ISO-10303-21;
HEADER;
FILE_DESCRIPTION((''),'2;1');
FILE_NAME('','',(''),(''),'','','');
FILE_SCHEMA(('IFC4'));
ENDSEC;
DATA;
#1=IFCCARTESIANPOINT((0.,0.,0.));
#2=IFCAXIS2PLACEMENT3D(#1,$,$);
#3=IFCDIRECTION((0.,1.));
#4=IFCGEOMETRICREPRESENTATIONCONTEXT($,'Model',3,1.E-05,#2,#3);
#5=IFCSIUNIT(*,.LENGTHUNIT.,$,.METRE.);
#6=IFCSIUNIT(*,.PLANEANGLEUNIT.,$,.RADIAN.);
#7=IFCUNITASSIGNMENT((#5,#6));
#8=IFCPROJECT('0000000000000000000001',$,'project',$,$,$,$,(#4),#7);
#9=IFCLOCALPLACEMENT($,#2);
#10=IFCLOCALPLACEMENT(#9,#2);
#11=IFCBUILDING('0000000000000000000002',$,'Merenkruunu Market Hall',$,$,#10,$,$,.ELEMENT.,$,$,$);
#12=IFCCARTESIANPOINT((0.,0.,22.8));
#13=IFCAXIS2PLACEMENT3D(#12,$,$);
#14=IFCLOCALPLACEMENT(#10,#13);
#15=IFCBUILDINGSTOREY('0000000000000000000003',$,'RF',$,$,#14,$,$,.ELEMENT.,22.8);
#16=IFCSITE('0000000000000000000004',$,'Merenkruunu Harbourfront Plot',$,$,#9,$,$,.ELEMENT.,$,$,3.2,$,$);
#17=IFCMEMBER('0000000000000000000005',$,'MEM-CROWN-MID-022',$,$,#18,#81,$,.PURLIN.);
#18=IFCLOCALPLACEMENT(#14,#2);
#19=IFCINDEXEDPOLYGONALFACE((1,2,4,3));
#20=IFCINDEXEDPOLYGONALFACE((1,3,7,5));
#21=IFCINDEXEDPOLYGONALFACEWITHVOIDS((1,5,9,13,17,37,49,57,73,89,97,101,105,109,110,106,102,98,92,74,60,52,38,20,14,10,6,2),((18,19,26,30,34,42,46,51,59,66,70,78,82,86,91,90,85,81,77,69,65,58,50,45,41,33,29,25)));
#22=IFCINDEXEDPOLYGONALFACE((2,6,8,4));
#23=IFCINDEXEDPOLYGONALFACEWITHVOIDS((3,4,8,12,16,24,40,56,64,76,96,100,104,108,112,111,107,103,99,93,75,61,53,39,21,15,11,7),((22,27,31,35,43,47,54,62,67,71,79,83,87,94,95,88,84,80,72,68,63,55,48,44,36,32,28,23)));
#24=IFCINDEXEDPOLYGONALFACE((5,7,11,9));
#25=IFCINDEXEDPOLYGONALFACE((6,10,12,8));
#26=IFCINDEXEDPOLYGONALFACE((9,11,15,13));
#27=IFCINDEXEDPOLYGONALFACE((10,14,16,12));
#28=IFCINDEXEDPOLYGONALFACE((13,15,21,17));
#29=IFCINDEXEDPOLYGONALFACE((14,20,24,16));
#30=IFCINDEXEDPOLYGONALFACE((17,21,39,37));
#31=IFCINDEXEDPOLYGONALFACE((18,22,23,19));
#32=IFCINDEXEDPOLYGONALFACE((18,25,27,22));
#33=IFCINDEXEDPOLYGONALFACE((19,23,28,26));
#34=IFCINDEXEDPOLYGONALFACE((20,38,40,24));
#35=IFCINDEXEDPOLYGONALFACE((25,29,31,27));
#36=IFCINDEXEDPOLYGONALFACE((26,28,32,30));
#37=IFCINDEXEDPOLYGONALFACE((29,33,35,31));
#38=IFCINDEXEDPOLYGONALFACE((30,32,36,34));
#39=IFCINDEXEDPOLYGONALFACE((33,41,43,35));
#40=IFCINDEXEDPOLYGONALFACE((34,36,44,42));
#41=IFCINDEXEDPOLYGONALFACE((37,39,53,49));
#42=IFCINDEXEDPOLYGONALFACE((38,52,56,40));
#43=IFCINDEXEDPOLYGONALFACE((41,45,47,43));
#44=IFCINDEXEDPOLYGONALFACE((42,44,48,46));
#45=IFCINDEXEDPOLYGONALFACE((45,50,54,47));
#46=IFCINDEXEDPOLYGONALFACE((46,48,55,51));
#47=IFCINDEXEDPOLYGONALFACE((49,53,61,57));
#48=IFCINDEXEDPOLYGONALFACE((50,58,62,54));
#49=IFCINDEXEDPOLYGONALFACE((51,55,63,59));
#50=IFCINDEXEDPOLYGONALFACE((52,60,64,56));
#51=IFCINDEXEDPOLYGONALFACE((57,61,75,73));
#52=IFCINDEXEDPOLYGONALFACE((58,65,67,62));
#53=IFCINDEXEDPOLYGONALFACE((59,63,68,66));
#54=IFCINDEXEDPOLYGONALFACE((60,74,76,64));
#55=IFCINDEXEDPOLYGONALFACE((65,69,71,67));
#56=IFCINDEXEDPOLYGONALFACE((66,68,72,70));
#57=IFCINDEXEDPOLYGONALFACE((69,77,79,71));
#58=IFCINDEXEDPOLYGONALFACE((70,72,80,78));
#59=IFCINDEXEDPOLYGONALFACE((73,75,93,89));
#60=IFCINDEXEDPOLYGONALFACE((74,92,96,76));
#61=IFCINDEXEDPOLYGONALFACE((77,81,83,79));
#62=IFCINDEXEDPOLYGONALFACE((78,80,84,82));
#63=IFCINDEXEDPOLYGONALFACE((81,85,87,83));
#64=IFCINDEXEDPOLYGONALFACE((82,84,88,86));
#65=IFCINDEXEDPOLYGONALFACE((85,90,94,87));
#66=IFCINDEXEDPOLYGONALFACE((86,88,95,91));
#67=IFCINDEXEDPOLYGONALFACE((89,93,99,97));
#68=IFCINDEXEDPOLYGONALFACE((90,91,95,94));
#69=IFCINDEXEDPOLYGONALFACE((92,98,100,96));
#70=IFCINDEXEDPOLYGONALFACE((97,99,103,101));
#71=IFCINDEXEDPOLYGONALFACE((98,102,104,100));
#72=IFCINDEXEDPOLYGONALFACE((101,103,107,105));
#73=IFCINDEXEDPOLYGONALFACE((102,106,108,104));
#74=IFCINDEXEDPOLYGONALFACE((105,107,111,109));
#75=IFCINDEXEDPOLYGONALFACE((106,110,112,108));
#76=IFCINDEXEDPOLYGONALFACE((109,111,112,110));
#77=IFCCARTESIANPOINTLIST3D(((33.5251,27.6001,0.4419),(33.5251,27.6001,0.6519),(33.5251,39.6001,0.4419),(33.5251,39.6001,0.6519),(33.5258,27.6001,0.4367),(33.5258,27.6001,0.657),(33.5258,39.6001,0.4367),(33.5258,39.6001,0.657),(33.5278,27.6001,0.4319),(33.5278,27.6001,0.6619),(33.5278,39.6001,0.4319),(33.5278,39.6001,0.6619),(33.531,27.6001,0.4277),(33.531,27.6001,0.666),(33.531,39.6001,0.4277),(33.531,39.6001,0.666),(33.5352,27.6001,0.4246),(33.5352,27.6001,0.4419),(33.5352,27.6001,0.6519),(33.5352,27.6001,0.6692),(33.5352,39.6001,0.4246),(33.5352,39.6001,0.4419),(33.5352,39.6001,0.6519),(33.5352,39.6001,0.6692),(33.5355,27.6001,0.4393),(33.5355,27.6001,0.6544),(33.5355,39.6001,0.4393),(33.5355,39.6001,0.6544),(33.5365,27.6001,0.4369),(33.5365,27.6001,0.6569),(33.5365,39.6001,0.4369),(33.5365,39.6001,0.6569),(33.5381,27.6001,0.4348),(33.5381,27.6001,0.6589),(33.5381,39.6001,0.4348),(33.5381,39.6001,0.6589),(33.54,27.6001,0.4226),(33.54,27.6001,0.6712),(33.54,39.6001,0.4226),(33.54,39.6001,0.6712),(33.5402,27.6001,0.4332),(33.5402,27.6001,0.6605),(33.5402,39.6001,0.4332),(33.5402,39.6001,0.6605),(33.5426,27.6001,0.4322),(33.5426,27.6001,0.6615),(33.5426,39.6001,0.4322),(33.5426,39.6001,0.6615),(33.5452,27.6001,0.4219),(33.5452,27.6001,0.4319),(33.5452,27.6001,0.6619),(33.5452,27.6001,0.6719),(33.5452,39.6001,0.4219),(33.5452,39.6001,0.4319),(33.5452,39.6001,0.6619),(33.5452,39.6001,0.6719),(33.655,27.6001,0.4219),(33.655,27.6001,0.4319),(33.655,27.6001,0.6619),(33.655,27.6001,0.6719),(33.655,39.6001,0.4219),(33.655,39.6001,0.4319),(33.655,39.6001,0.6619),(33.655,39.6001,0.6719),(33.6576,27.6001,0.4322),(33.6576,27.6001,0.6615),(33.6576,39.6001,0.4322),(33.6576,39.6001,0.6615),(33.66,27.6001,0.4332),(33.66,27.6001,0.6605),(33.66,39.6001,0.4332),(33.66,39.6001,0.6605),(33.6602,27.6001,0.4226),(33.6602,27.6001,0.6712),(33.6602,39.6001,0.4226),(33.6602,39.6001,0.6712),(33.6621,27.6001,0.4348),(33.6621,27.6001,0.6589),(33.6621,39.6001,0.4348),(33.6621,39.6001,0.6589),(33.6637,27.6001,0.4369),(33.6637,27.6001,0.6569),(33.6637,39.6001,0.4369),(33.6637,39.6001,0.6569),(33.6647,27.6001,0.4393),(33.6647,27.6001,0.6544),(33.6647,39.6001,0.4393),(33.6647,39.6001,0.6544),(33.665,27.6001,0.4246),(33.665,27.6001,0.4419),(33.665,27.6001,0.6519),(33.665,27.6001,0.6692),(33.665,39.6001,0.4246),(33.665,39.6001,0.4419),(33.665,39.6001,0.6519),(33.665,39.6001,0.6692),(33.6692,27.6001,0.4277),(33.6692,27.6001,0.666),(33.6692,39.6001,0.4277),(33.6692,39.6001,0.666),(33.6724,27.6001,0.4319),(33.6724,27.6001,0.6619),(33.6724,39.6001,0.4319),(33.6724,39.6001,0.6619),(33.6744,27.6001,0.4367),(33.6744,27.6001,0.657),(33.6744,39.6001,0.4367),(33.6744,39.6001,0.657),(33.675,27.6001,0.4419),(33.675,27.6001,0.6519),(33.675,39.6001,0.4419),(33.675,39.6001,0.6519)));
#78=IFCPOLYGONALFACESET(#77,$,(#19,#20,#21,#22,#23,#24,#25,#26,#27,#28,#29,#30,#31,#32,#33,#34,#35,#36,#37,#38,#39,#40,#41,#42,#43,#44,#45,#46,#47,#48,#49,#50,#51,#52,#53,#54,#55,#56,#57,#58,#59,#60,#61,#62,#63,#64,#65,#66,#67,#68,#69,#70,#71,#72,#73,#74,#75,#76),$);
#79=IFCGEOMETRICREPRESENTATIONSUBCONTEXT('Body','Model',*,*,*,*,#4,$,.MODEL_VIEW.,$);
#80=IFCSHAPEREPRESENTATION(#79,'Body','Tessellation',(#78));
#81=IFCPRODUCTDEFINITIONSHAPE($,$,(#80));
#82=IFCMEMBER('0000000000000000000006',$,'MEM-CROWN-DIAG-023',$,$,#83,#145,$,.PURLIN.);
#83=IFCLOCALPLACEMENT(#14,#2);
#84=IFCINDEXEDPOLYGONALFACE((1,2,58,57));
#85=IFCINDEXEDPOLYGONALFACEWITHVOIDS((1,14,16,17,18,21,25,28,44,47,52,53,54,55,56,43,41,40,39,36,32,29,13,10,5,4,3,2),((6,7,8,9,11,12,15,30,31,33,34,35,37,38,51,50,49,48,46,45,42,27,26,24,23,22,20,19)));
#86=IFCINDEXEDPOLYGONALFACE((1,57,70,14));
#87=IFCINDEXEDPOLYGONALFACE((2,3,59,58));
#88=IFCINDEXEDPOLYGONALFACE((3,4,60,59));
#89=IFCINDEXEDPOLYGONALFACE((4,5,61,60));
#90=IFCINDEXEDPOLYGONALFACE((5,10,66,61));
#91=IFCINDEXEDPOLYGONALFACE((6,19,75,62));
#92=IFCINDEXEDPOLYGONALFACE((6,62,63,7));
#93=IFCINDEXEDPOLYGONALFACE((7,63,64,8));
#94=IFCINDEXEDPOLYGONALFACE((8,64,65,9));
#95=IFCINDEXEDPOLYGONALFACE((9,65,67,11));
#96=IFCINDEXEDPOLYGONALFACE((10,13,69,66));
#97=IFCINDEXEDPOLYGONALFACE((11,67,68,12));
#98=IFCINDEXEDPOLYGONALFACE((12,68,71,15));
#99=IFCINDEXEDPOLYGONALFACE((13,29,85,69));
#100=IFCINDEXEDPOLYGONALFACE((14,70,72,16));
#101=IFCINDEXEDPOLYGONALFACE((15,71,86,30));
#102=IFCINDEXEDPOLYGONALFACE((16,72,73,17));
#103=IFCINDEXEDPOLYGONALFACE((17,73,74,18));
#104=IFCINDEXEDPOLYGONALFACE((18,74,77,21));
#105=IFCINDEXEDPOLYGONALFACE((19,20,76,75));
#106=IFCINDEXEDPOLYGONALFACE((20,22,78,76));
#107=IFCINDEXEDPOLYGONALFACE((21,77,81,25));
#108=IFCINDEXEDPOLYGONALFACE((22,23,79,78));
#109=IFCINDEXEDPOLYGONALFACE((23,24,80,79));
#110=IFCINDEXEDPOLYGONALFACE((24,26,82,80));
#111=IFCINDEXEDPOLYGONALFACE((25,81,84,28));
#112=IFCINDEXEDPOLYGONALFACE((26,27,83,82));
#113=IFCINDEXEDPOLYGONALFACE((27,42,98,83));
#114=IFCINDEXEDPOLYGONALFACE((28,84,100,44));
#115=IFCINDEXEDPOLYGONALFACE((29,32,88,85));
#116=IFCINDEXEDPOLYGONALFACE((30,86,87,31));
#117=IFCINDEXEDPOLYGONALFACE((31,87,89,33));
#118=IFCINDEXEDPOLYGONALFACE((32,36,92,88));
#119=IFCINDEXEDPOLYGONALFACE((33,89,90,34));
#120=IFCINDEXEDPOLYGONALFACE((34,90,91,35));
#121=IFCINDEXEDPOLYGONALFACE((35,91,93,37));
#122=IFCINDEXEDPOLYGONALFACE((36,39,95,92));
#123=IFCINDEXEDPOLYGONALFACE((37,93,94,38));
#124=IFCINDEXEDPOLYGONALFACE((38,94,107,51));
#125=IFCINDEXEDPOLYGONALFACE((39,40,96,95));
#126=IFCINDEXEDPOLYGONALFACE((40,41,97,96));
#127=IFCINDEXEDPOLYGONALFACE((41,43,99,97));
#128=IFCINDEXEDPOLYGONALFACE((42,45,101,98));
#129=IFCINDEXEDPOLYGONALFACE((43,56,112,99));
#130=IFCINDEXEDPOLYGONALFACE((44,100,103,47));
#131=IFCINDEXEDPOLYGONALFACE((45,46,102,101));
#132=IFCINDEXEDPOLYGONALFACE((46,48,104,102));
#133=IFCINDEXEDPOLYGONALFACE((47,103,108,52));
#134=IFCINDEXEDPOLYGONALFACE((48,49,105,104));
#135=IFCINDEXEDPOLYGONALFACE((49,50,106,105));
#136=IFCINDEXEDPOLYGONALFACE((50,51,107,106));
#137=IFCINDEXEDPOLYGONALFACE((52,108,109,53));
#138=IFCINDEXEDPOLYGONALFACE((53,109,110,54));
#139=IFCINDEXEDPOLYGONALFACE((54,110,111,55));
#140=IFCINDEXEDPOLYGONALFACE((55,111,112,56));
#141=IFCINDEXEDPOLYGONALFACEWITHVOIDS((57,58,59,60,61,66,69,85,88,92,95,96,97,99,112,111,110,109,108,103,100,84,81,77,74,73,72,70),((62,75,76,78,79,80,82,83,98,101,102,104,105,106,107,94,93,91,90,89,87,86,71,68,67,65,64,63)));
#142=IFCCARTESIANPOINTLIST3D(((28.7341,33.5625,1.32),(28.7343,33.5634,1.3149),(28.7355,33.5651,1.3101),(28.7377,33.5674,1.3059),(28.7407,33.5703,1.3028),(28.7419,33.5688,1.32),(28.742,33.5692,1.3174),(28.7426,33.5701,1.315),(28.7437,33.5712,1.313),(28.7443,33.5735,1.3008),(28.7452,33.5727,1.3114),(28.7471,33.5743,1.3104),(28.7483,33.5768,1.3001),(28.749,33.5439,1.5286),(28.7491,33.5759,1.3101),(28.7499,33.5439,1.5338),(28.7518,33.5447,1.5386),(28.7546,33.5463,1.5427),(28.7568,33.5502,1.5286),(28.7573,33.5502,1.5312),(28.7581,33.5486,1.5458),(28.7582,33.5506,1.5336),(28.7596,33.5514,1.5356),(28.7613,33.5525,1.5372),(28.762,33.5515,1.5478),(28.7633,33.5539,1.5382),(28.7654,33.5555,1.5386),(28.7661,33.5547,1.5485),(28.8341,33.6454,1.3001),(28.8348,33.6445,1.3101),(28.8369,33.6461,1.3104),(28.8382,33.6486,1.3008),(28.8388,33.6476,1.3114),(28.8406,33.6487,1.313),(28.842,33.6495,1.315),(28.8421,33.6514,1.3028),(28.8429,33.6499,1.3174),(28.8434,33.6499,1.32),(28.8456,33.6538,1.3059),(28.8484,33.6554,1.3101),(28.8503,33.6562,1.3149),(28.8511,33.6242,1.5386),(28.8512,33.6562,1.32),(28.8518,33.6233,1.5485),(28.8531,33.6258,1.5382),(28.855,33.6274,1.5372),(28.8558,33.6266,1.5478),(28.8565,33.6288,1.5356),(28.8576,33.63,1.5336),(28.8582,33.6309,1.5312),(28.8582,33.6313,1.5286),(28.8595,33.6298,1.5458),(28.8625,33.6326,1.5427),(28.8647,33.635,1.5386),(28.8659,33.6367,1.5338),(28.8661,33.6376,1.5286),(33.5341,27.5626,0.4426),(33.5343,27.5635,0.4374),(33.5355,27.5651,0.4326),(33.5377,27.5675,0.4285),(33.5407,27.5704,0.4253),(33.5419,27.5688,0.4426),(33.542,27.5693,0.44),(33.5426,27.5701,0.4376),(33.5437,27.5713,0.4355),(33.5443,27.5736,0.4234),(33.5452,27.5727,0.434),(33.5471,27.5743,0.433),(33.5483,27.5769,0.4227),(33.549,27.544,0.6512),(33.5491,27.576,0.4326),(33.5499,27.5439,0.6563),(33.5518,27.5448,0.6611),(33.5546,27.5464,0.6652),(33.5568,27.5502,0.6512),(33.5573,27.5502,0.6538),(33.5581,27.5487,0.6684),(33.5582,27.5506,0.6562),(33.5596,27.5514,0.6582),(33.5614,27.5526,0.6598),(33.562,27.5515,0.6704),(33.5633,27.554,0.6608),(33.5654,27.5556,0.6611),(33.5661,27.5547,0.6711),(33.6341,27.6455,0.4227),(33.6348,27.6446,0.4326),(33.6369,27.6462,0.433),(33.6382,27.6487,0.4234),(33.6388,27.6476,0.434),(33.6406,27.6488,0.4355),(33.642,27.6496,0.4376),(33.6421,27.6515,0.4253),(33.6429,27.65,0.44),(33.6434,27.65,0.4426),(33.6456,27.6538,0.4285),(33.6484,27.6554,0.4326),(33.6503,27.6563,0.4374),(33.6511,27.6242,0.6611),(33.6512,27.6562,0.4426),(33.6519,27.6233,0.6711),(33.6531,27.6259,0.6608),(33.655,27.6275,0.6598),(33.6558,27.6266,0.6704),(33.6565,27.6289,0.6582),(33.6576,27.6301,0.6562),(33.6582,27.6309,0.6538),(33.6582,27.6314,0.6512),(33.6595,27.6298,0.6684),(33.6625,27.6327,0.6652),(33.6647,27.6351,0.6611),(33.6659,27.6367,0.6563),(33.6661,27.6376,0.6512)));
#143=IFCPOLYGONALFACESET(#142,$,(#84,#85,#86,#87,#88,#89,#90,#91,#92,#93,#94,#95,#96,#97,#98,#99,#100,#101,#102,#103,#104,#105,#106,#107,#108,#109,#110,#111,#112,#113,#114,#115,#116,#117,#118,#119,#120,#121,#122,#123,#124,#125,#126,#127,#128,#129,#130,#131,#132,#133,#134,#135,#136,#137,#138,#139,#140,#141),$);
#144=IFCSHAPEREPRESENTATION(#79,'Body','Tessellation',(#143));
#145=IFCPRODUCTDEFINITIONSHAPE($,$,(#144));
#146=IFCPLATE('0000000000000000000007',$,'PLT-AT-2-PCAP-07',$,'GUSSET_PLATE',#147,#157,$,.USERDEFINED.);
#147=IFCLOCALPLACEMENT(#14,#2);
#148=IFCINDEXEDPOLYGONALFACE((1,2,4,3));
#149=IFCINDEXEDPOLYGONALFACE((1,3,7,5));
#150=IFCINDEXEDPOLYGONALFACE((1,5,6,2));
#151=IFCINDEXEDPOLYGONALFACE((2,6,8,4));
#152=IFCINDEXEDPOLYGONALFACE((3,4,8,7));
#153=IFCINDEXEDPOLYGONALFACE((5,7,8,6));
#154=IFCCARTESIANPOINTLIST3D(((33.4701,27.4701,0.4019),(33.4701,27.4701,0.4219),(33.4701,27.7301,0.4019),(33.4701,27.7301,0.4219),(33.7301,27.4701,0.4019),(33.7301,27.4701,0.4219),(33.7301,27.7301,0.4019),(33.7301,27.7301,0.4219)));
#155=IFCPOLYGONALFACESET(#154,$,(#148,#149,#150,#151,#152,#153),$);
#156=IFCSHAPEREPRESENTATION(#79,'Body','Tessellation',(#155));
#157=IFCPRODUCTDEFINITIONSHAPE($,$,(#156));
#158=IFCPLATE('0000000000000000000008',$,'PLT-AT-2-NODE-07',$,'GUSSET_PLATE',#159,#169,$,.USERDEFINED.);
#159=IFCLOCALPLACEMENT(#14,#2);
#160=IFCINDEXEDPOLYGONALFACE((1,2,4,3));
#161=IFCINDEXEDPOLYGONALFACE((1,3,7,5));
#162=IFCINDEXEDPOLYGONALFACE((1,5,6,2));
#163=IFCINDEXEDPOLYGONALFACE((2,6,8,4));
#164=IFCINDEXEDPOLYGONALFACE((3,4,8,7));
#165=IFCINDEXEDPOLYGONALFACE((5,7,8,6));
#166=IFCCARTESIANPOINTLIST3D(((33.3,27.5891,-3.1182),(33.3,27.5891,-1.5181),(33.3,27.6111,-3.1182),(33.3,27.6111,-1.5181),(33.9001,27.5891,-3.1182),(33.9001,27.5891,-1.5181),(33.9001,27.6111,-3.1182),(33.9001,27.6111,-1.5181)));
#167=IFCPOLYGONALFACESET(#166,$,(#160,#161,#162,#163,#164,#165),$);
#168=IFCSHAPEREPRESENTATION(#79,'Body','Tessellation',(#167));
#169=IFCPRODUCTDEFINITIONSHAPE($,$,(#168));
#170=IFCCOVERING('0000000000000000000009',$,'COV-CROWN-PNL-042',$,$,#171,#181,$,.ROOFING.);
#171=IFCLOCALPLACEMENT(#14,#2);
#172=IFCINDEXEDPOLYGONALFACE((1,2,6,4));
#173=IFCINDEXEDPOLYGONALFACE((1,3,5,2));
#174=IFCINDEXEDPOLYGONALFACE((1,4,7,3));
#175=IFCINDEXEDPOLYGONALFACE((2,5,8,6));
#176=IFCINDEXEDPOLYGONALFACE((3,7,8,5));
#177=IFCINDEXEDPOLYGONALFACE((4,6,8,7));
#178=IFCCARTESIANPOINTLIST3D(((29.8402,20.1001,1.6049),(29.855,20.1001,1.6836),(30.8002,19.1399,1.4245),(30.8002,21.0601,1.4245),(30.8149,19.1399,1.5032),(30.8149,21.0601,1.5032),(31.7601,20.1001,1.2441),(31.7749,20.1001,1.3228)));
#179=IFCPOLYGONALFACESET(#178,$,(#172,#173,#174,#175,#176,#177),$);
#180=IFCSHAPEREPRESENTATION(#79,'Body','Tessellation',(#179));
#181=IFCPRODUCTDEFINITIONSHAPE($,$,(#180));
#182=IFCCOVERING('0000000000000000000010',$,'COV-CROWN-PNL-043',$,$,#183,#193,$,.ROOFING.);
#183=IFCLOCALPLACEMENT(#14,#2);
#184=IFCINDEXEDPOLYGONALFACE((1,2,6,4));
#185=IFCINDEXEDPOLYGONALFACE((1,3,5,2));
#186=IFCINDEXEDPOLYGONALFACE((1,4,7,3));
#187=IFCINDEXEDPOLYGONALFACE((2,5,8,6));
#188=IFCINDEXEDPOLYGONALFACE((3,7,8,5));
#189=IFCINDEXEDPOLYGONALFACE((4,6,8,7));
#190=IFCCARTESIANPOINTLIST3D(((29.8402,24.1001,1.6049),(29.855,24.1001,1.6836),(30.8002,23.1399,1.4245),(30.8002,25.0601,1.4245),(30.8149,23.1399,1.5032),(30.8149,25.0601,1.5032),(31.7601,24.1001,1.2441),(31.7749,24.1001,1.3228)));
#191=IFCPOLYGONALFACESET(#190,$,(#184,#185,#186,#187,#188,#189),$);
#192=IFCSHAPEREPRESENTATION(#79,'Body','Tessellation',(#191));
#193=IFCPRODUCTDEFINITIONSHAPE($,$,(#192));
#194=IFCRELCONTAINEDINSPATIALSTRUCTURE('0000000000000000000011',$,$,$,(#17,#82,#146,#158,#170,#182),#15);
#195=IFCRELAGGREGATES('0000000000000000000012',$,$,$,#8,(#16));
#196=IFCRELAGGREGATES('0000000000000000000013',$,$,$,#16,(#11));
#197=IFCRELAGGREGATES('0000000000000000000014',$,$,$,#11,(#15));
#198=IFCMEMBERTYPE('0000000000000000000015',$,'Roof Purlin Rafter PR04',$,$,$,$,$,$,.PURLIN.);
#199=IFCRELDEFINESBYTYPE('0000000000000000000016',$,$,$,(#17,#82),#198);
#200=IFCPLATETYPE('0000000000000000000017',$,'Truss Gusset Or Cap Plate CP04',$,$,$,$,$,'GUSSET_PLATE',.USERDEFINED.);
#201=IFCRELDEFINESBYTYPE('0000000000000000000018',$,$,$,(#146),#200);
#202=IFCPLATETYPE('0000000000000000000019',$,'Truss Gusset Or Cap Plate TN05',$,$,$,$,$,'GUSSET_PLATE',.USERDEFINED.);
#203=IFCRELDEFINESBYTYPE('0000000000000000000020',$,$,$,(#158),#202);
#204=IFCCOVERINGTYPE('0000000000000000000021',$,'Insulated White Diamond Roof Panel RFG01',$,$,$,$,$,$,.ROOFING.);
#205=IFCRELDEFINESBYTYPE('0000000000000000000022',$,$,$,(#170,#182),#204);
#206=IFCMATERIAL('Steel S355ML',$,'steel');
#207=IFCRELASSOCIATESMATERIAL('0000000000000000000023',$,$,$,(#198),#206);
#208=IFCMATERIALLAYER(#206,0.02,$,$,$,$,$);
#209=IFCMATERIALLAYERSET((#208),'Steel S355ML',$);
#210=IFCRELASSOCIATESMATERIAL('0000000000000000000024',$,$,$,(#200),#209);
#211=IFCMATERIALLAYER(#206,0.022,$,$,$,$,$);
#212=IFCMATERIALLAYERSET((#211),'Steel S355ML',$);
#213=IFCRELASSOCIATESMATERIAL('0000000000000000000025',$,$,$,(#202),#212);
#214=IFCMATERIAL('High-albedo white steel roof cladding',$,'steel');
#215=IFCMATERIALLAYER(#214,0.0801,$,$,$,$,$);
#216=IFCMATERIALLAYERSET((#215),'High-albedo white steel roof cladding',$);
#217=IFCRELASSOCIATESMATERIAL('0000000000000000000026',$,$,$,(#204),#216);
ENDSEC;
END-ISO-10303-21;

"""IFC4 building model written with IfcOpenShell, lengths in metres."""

from ifc_helpers import new_model, si_unit, direction, frame, origin, origin_2d, place, context, subcontext, project, spatial, polyline, rectangle, hollow_rectangle, outline, extrude, material, layer, layer_set, material_profile, profile_set, type_object, element, save


model = new_model("IFC4")

# Units and contexts
model_context = context("Model", 3, precision=1e-05, world=origin(), true_north=direction((0.0, 1.0)))
body_context = subcontext(model_context, "Body", "Model", "MODEL_VIEW")
ifc_project = project(units=[si_unit("LENGTHUNIT", "METRE"), si_unit("PLANEANGLEUNIT", "RADIAN")], contexts=[model_context])

# Site, building, storey
site_placement = place(None, origin())
site = spatial("IfcSite", under=ifc_project, at=site_placement, Name="Merenkruunu Harbourfront Plot", CompositionType="ELEMENT", RefElevation=3.2)
building_placement = place(site_placement, origin())
building = spatial("IfcBuilding", under=site, at=building_placement, Name="Merenkruunu Market Hall", CompositionType="ELEMENT")
storey_placement = place(building_placement, frame((0.0, 0.0, 22.8)))
storey = spatial("IfcBuildingStorey", under=building, at=storey_placement, Name="RF", CompositionType="ELEMENT", Elevation=22.8)

# Members
ifc_material_1 = material(Name="Steel S355ML", Category="steel")
ifc_material_profile_1 = material_profile(ifc_material_1, hollow_rectangle(XDim=0.1499, YDim=0.25, WallThickness=0.01, InnerFilletRadius=0.01, OuterFilletRadius=0.02, at=origin_2d()), Name="RHS 250x150x10")
ifc_profile_set_1 = profile_set([ifc_material_profile_1], Name="Steel S355ML")
member_type_1 = type_object("IfcMemberType", Name="Roof Purlin Rafter PR04", PredefinedType="PURLIN", material=ifc_profile_set_1)
member_1_placement = place(storey_placement, frame((33.6001, 27.6001, 0.5469), z_axis=(0.0, 1.0, 0.0), x_axis=(-1.0, 0.0, 0.0)))
element("IfcMember", 1, at=member_1_placement, inside=storey, type_object=member_type_1, Name="MEM-CROWN-MID-022", PredefinedType="PURLIN", context=body_context, shape_type="SweptSolid", body=[
    extrude(hollow_rectangle(XDim=0.1499, YDim=0.25, WallThickness=0.01, InnerFilletRadius=0.01, OuterFilletRadius=0.02, at=origin_2d()), origin(), (0.0, 0.0, 1.0), 12.0),
])
member_2_placement = place(storey_placement, frame((33.6001, 27.6001, 0.5469), z_axis=(-0.620665, 0.775824, 0.113457), x_axis=(-0.780866, -0.624699, 0.0)))
element("IfcMember", 2, at=member_2_placement, inside=storey, type_object=member_type_1, Name="MEM-CROWN-DIAG-023", PredefinedType="PURLIN", context=body_context, shape_type="SweptSolid", body=[
    extrude(hollow_rectangle(XDim=0.1499, YDim=0.25, WallThickness=0.01, InnerFilletRadius=0.01, OuterFilletRadius=0.02, at=origin_2d()), origin(), (0.0, 0.0, 1.0), 7.7336),
])

# Plates
ifc_layer_1 = layer(ifc_material_1, 0.02)
ifc_layer_set_1 = layer_set([ifc_layer_1], Name="Steel S355ML")
plate_type_1 = type_object("IfcPlateType", Name="Truss Gusset Or Cap Plate CP04", ElementType="GUSSET_PLATE", PredefinedType="USERDEFINED", material=ifc_layer_set_1)
plate_1_placement = place(storey_placement, frame((33.6001, 27.6001, 0.4019), z_axis=(0.0, 0.0, 1.0), x_axis=(1.0, 0.0, 0.0)))
element("IfcPlate", 3, at=plate_1_placement, inside=storey, type_object=plate_type_1, Name="PLT-AT-2-PCAP-07", ObjectType="GUSSET_PLATE", PredefinedType="USERDEFINED", context=body_context, shape_type="SweptSolid", body=[
    extrude(rectangle(XDim=0.26, YDim=0.26, at=origin_2d()), origin(), (0.0, 0.0, 1.0), 0.02),
])
ifc_layer_2 = layer(ifc_material_1, 0.022)
ifc_layer_set_2 = layer_set([ifc_layer_2], Name="Steel S355ML")
plate_type_2 = type_object("IfcPlateType", Name="Truss Gusset Or Cap Plate TN05", ElementType="GUSSET_PLATE", PredefinedType="USERDEFINED", material=ifc_layer_set_2)
plate_2_placement = place(storey_placement, frame((33.6001, 27.6001, -3.1182), z_axis=(0.0, 0.0, 1.0), x_axis=(1.0, 0.0, 0.0)))
element("IfcPlate", 4, at=plate_2_placement, inside=storey, type_object=plate_type_2, Name="PLT-AT-2-NODE-07", ObjectType="GUSSET_PLATE", PredefinedType="USERDEFINED", context=body_context, shape_type="SweptSolid", body=[
    extrude(rectangle(XDim=0.6001, YDim=0.022, at=origin_2d()), origin(), (0.0, 0.0, 1.0), 1.6001),
])

# Coverings
ifc_material_2 = material(Name="High-albedo white steel roof cladding", Category="steel")
ifc_layer_3 = layer(ifc_material_2, 0.0801)
ifc_layer_set_3 = layer_set([ifc_layer_3], Name="High-albedo white steel roof cladding")
covering_type_1 = type_object("IfcCoveringType", Name="Insulated White Diamond Roof Panel RFG01", PredefinedType="ROOFING", material=ifc_layer_set_3)
for number, where, z_axis, x_axis, name in (
    (5, (29.855, 20.1001, 1.6836), (0.184711, 0.0, 0.982793), (0.700856, -0.701035, -0.131722), "COV-CROWN-PNL-042"),
    (6, (29.855, 24.1001, 1.6836), (0.184711, 0.0, 0.982793), (0.700856, -0.701035, -0.131722), "COV-CROWN-PNL-043"),
):
    element("IfcCovering", number, at=place(storey_placement, frame(where, z_axis=z_axis, x_axis=x_axis)), inside=storey, type_object=covering_type_1, Name=name, PredefinedType="ROOFING", context=body_context, shape_type="SweptSolid", body=[
        extrude(outline(polyline([(0.0, 0.0), (1.3697, 0.0), (1.3931, 1.3695), (0.0236, 1.3693), (0.0, 0.0)])), origin(), (0.0, 0.0, -1.0), 0.0801),
    ])

save(model, "model.ifc")
